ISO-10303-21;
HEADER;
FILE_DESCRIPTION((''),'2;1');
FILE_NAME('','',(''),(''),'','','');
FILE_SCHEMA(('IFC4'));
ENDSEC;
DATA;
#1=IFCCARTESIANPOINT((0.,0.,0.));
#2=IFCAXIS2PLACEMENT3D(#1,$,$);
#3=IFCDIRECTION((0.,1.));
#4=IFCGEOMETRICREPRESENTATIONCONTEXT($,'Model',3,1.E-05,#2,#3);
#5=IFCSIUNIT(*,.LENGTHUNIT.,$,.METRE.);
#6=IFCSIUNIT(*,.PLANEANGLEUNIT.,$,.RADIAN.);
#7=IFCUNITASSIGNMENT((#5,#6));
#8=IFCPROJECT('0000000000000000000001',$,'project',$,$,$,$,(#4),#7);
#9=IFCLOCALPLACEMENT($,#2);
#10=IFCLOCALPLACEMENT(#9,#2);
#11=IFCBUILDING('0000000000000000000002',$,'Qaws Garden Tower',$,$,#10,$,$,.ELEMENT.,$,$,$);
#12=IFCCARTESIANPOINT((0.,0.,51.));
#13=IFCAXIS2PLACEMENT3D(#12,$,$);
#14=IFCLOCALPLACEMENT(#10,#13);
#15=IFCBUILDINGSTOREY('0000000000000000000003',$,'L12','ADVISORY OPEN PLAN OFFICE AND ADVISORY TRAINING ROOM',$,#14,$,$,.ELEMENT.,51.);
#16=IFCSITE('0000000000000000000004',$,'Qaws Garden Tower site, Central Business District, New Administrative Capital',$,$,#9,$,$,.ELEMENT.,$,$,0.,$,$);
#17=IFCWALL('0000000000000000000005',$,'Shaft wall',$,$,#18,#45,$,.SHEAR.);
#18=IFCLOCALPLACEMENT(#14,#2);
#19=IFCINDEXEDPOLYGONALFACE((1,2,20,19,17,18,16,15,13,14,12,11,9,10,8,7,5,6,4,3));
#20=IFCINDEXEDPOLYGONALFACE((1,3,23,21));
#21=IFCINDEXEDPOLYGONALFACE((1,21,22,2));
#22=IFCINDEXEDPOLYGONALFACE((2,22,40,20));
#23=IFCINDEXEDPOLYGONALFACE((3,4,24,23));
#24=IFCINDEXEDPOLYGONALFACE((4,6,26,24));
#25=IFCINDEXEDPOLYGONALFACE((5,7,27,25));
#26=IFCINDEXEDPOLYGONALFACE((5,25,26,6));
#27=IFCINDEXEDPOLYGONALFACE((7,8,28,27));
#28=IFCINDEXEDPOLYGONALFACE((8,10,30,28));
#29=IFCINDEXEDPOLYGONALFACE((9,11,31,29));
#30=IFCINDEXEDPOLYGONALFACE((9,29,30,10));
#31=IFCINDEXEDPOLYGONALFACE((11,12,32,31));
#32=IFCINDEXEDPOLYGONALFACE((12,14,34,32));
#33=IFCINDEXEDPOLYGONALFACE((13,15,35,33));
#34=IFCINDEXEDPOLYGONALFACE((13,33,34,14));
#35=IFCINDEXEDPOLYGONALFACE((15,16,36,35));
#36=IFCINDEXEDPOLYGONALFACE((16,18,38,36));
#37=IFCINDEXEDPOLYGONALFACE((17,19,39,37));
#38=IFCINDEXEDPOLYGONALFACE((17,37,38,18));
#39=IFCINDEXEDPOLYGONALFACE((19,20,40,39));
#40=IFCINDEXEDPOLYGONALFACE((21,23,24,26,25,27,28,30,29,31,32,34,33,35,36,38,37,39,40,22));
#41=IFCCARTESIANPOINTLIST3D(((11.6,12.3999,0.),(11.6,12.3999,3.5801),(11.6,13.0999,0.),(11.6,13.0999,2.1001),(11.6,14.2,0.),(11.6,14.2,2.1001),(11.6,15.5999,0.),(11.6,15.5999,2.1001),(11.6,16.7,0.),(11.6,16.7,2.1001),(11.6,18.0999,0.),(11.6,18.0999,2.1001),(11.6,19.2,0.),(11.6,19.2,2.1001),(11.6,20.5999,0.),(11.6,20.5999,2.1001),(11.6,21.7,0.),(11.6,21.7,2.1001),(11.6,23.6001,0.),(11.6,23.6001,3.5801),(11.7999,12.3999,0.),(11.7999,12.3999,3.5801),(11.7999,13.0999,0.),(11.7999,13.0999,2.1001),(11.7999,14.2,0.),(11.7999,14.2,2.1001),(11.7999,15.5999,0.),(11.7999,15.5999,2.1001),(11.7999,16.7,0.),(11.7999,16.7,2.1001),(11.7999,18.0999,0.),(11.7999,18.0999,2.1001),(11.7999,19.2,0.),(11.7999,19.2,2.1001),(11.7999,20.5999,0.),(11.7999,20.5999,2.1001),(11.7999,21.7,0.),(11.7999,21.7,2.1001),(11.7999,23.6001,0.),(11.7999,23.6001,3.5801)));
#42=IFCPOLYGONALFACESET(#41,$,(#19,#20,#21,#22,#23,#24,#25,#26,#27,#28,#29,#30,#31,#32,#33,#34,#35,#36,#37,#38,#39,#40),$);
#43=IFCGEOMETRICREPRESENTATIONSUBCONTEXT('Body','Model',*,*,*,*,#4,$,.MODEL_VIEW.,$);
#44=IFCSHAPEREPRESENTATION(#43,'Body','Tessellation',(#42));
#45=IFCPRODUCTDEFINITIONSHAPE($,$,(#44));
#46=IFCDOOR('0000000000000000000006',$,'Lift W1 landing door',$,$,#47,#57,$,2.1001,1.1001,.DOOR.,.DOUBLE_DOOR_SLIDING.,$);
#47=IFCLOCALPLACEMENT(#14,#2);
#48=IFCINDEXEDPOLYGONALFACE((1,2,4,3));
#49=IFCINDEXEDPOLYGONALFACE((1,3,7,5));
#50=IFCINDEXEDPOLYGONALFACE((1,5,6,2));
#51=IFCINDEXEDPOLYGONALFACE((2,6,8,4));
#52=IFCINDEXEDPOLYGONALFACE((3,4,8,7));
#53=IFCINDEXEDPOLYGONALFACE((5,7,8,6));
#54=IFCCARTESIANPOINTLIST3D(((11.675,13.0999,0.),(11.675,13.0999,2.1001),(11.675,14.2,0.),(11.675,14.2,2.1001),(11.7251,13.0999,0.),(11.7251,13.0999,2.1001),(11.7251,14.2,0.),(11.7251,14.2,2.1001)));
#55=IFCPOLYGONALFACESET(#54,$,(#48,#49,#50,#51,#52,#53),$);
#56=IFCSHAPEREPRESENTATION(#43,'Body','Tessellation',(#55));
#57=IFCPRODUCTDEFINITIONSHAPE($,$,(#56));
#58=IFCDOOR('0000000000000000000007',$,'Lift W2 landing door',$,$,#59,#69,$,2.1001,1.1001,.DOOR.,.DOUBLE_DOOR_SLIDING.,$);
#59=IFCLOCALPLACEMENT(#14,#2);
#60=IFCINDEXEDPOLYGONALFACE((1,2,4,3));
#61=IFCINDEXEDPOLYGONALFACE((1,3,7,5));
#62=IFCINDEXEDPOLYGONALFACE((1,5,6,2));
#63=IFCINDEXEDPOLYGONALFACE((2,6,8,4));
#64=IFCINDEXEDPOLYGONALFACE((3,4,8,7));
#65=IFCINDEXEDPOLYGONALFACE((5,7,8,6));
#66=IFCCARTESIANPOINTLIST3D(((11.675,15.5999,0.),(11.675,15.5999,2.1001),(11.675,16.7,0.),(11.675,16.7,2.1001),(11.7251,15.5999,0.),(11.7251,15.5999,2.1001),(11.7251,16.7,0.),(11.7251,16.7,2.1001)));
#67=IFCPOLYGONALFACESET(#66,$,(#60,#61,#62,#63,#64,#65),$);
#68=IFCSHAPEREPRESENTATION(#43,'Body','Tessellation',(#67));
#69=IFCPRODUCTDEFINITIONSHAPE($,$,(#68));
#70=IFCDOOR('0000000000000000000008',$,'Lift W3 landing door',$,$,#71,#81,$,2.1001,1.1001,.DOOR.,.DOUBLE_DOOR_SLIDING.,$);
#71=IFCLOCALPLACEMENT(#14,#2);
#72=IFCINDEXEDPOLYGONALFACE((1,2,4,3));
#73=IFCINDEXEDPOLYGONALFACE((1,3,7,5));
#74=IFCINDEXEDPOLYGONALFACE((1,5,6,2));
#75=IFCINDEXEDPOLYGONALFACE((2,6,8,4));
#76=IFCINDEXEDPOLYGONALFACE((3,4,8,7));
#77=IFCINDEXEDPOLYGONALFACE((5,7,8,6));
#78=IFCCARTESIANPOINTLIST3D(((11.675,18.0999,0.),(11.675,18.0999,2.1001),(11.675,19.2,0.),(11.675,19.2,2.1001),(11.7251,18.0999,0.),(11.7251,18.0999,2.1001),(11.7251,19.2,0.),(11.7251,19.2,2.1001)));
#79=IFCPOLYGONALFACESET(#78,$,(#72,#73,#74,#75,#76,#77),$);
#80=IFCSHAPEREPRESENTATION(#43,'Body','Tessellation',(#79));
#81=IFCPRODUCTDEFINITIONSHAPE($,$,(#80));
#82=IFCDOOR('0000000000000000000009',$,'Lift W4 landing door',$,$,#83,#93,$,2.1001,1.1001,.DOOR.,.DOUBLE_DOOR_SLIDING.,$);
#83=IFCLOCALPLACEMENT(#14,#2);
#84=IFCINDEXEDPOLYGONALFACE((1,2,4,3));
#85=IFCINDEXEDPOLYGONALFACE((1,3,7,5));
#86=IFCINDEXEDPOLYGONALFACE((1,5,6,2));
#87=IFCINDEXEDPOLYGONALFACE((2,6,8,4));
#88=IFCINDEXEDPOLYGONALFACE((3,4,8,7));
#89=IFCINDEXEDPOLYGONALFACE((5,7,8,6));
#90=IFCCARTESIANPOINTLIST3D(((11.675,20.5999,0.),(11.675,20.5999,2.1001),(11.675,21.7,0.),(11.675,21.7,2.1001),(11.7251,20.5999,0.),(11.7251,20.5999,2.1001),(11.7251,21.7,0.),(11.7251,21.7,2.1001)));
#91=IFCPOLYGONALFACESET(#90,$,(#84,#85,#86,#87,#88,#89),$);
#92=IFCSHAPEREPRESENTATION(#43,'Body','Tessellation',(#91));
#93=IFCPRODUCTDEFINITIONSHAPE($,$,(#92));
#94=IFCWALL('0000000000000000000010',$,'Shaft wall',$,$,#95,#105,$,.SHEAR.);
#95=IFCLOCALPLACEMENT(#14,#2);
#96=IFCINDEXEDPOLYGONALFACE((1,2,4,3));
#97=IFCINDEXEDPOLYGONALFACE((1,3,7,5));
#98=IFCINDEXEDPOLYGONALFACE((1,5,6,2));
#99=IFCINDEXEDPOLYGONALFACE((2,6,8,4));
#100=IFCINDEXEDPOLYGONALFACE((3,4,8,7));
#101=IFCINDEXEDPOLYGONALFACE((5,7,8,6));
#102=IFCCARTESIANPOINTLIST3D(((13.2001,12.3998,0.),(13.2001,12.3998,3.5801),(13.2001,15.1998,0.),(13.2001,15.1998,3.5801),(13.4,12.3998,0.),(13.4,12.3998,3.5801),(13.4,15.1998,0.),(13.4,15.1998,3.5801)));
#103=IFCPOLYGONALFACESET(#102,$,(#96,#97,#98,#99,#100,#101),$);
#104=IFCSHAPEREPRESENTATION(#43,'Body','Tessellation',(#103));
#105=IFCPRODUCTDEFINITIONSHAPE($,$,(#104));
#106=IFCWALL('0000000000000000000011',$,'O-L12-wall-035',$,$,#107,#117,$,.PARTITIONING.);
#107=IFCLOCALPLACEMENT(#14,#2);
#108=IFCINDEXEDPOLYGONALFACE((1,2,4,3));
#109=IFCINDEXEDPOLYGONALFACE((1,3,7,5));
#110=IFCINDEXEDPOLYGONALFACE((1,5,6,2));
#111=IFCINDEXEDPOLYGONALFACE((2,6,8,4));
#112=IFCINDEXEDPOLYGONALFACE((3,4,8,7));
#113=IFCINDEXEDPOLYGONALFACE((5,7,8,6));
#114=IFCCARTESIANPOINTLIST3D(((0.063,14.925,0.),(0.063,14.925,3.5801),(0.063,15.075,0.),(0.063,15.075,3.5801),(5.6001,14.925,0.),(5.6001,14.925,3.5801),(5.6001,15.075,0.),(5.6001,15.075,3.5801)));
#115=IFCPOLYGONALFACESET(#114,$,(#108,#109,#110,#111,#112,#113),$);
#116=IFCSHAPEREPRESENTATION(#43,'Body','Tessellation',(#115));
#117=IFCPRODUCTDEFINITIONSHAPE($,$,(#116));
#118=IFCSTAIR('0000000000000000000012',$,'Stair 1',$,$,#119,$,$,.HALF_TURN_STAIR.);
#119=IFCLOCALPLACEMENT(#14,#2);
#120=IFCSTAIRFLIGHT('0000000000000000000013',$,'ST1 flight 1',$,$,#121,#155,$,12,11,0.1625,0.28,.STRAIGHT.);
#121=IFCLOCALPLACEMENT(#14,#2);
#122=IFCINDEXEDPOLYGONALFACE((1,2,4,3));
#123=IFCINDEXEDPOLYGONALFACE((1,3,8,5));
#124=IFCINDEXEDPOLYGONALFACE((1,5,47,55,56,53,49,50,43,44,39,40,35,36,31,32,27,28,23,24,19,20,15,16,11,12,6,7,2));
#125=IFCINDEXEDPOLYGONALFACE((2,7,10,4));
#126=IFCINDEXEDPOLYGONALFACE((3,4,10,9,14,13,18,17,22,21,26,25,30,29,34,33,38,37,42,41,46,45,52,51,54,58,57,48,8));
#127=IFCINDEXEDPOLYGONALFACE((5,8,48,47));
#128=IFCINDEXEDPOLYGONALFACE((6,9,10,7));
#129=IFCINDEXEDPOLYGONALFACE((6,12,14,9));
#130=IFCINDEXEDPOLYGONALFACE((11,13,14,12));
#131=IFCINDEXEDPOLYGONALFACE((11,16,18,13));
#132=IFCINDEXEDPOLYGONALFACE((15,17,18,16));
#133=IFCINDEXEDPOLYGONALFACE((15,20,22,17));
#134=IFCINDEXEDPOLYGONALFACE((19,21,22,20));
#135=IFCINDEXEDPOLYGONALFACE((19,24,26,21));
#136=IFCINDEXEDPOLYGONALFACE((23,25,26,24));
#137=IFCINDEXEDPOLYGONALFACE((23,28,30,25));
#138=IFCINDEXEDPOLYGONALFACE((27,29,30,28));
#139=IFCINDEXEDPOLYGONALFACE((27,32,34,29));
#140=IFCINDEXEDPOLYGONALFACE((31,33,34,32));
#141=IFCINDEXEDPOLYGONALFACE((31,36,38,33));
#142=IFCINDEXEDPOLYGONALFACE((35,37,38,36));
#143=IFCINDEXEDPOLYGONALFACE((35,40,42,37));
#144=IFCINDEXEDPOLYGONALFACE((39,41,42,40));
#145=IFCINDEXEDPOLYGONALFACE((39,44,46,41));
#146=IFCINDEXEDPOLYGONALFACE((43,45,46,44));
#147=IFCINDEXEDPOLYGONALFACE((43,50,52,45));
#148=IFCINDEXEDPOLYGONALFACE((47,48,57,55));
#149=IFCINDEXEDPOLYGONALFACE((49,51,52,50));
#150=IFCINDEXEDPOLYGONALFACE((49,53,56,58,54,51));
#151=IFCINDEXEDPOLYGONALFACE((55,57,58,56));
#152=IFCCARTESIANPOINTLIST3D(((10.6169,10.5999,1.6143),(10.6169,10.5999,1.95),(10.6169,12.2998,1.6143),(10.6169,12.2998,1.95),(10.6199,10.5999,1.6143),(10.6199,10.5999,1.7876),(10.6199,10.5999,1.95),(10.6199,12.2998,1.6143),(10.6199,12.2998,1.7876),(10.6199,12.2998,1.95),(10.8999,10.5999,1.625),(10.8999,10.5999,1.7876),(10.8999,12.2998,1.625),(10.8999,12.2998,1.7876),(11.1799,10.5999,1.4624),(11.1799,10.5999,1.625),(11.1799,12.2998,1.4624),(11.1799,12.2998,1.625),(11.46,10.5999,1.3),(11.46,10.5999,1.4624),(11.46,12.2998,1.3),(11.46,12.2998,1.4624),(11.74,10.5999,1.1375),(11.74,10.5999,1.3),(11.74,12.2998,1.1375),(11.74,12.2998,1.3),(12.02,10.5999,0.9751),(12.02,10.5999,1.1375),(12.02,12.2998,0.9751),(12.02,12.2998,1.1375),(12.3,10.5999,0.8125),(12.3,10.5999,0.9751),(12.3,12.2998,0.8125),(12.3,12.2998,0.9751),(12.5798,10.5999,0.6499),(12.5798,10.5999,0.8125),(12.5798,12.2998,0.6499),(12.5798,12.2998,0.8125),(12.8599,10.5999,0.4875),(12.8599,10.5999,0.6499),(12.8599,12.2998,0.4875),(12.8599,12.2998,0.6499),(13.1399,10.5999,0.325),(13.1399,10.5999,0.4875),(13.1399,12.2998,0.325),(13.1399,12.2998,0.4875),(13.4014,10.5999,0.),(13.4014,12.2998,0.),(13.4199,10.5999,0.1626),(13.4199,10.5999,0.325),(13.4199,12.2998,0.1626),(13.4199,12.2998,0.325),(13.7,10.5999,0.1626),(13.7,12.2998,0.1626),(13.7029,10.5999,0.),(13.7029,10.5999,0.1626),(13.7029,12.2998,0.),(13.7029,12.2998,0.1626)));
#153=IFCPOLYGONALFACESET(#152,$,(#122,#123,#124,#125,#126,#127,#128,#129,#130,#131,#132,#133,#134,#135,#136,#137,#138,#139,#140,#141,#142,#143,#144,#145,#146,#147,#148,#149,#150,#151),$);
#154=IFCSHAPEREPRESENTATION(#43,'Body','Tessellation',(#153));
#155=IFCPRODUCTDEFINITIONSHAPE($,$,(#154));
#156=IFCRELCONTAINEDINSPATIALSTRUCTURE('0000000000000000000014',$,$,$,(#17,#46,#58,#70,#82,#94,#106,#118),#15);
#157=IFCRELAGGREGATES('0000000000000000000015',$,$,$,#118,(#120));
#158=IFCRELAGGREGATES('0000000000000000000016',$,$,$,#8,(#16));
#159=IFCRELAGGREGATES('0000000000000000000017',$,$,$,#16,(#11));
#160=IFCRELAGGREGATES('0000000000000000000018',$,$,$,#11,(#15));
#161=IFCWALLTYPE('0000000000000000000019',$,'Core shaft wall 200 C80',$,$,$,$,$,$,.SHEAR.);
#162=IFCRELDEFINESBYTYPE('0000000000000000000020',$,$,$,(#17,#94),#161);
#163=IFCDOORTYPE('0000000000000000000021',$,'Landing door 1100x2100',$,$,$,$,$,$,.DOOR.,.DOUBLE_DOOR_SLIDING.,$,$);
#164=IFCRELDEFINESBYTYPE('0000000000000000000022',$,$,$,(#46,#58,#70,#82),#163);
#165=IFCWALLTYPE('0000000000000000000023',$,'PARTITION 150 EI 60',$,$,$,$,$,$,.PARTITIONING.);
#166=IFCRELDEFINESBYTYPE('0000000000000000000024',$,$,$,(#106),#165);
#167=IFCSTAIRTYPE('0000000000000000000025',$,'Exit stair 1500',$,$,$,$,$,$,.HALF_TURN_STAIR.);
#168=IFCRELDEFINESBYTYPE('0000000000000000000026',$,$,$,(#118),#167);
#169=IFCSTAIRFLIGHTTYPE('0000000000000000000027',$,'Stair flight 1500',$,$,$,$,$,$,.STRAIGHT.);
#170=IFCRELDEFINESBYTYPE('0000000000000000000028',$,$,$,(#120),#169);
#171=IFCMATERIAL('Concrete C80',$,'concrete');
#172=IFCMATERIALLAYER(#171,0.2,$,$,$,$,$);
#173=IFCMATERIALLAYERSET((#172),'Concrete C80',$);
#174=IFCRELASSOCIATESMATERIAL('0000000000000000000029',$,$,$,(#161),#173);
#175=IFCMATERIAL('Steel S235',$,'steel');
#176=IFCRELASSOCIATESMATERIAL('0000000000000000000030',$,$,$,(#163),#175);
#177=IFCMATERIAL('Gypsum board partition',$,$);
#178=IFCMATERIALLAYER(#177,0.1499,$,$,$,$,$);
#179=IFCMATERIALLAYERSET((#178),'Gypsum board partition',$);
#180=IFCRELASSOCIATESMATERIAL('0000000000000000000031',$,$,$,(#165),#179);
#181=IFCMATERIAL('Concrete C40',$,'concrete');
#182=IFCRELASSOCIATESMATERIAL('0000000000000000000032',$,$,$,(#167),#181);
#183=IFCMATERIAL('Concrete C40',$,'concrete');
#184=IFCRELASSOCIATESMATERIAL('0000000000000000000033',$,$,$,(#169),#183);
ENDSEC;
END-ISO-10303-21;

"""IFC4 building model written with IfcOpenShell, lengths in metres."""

from ifc_helpers import new_model, si_unit, direction, frame, frame_2d, origin, place, context, subcontext, project, spatial, polyline, rectangle, outline, extrude, material, layer, layer_set, type_object, element, fill, aggregate, save


model = new_model("IFC4")

# Units and contexts
model_context = context("Model", 3, precision=1e-05, world=origin(), true_north=direction((0.0, 1.0)))
body_context = subcontext(model_context, "Body", "Model", "MODEL_VIEW")
ifc_project = project(units=[si_unit("LENGTHUNIT", "METRE"), si_unit("PLANEANGLEUNIT", "RADIAN")], contexts=[model_context])

# Site, building, storey
site_placement = place(None, origin())
site = spatial("IfcSite", under=ifc_project, at=site_placement, Name="Qaws Garden Tower site, Central Business District, New Administrative Capital", CompositionType="ELEMENT", RefElevation=0.0)
building_placement = place(site_placement, origin())
building = spatial("IfcBuilding", under=site, at=building_placement, Name="Qaws Garden Tower", CompositionType="ELEMENT")
storey_placement = place(building_placement, frame((0.0, 0.0, 51.0)))
storey = spatial("IfcBuildingStorey", under=building, at=storey_placement, Name="L12", Description="ADVISORY OPEN PLAN OFFICE AND ADVISORY TRAINING ROOM", CompositionType="ELEMENT", Elevation=51.0)

# Shared definitions
ifc_material_1 = material(Name="Concrete C80", Category="concrete")
ifc_layer_1 = layer(ifc_material_1, 0.2)
ifc_layer_set_1 = layer_set([ifc_layer_1], Name="Concrete C80")
wall_type_1 = type_object("IfcWallType", Name="Core shaft wall 200 C80", PredefinedType="SHEAR", material=ifc_layer_set_1)

# Wall, openings, doors
wall_1_placement = place(storey_placement, frame((11.7, 12.3999, 0.0), z_axis=(0.0, 0.0, 1.0), x_axis=(0.0, 1.0, 0.0)))
wall_1 = element("IfcWall", 1, at=wall_1_placement, inside=storey, type_object=wall_type_1, Name="Shaft wall", PredefinedType="SHEAR", context=body_context, shape_type="SweptSolid", body=[
    extrude(rectangle(XDim=11.2002, YDim=0.2, at=frame_2d((5.6001, 0.0))), origin(), (0.0, 0.0, 1.0), 3.5801),
])
opening_1_placement = place(wall_1_placement, frame((0.7, 0.0, 0.0)))
opening_1 = element("IfcOpeningElement", 2, at=opening_1_placement, cuts=wall_1, PredefinedType="OPENING", context=body_context, shape_type="SweptSolid", body=[
    extrude(rectangle(XDim=1.1001, YDim=2.1001, at=frame_2d((0.55, 1.05))), frame((0.0, 0.1099, 0.0), z_axis=(0.0, -1.0, 0.0), x_axis=(1.0, 0.0, 0.0)), (0.0, 0.0, 1.0), 0.22),
])
opening_2_placement = place(wall_1_placement, frame((3.2, 0.0, 0.0)))
opening_2 = element("IfcOpeningElement", 3, at=opening_2_placement, cuts=wall_1, PredefinedType="OPENING", context=body_context, shape_type="SweptSolid", body=[
    extrude(rectangle(XDim=1.1001, YDim=2.1001, at=frame_2d((0.55, 1.05))), frame((0.0, 0.1099, 0.0), z_axis=(0.0, -1.0, 0.0), x_axis=(1.0, 0.0, 0.0)), (0.0, 0.0, 1.0), 0.22),
])
opening_3_placement = place(wall_1_placement, frame((5.7, 0.0, 0.0)))
opening_3 = element("IfcOpeningElement", 4, at=opening_3_placement, cuts=wall_1, PredefinedType="OPENING", context=body_context, shape_type="SweptSolid", body=[
    extrude(rectangle(XDim=1.1001, YDim=2.1001, at=frame_2d((0.55, 1.05))), frame((0.0, 0.1099, 0.0), z_axis=(0.0, -1.0, 0.0), x_axis=(1.0, 0.0, 0.0)), (0.0, 0.0, 1.0), 0.22),
])
opening_4_placement = place(wall_1_placement, frame((8.2, 0.0, 0.0)))
opening_4 = element("IfcOpeningElement", 5, at=opening_4_placement, cuts=wall_1, PredefinedType="OPENING", context=body_context, shape_type="SweptSolid", body=[
    extrude(rectangle(XDim=1.1001, YDim=2.1001, at=frame_2d((0.55, 1.05))), frame((0.0, 0.1099, 0.0), z_axis=(0.0, -1.0, 0.0), x_axis=(1.0, 0.0, 0.0)), (0.0, 0.0, 1.0), 0.22),
])
ifc_material_2 = material(Name="Steel S235", Category="steel")
door_type = type_object("IfcDoorType", Name="Landing door 1100x2100", OperationType="DOUBLE_DOOR_SLIDING", PredefinedType="DOOR", material=ifc_material_2)
door_1_placement = place(opening_1_placement, origin())
door_1 = element("IfcDoor", 6, at=door_1_placement, inside=storey, type_object=door_type, Name="Lift W1 landing door", OperationType="DOUBLE_DOOR_SLIDING", OverallHeight=2.1001, OverallWidth=1.1001, PredefinedType="DOOR", context=body_context, shape_type="SweptSolid", body=[
    extrude(rectangle(XDim=1.1001, YDim=2.1001, at=frame_2d((0.55, 1.05))), frame((0.0, 0.0249, 0.0), z_axis=(0.0, -1.0, 0.0), x_axis=(1.0, 0.0, 0.0)), (0.0, 0.0, 1.0), 0.05),
])
fill(opening_1, door_1)
door_2_placement = place(opening_2_placement, origin())
door_2 = element("IfcDoor", 7, at=door_2_placement, inside=storey, type_object=door_type, Name="Lift W2 landing door", OperationType="DOUBLE_DOOR_SLIDING", OverallHeight=2.1001, OverallWidth=1.1001, PredefinedType="DOOR", context=body_context, shape_type="SweptSolid", body=[
    extrude(rectangle(XDim=1.1001, YDim=2.1001, at=frame_2d((0.55, 1.05))), frame((0.0, 0.0249, 0.0), z_axis=(0.0, -1.0, 0.0), x_axis=(1.0, 0.0, 0.0)), (0.0, 0.0, 1.0), 0.05),
])
fill(opening_2, door_2)
door_3_placement = place(opening_3_placement, origin())
door_3 = element("IfcDoor", 8, at=door_3_placement, inside=storey, type_object=door_type, Name="Lift W3 landing door", OperationType="DOUBLE_DOOR_SLIDING", OverallHeight=2.1001, OverallWidth=1.1001, PredefinedType="DOOR", context=body_context, shape_type="SweptSolid", body=[
    extrude(rectangle(XDim=1.1001, YDim=2.1001, at=frame_2d((0.55, 1.05))), frame((0.0, 0.0249, 0.0), z_axis=(0.0, -1.0, 0.0), x_axis=(1.0, 0.0, 0.0)), (0.0, 0.0, 1.0), 0.05),
])
fill(opening_3, door_3)
door_4_placement = place(opening_4_placement, origin())
door_4 = element("IfcDoor", 9, at=door_4_placement, inside=storey, type_object=door_type, Name="Lift W4 landing door", OperationType="DOUBLE_DOOR_SLIDING", OverallHeight=2.1001, OverallWidth=1.1001, PredefinedType="DOOR", context=body_context, shape_type="SweptSolid", body=[
    extrude(rectangle(XDim=1.1001, YDim=2.1001, at=frame_2d((0.55, 1.05))), frame((0.0, 0.0249, 0.0), z_axis=(0.0, -1.0, 0.0), x_axis=(1.0, 0.0, 0.0)), (0.0, 0.0, 1.0), 0.05),
])
fill(opening_4, door_4)

# Walls
wall_2_placement = place(storey_placement, frame((13.3, 12.3999, 0.0), z_axis=(0.0, 0.0, 1.0), x_axis=(0.0, 1.0, 0.0)))
element("IfcWall", 10, at=wall_2_placement, inside=storey, type_object=wall_type_1, Name="Shaft wall", PredefinedType="SHEAR", context=body_context, shape_type="SweptSolid", body=[
    extrude(rectangle(XDim=2.8, YDim=0.2, at=frame_2d((1.3999, 0.0))), origin(), (0.0, 0.0, 1.0), 3.5801),
])
ifc_material_3 = material(Name="Gypsum board partition")
ifc_layer_2 = layer(ifc_material_3, 0.1499)
ifc_layer_set_2 = layer_set([ifc_layer_2], Name="Gypsum board partition")
wall_type_2 = type_object("IfcWallType", Name="PARTITION 150 EI 60", PredefinedType="PARTITIONING", material=ifc_layer_set_2)
wall_3_placement = place(storey_placement, frame((0.063, 15.0, 0.0), z_axis=(0.0, 0.0, 1.0), x_axis=(1.0, 0.0, 0.0)))
element("IfcWall", 11, at=wall_3_placement, inside=storey, type_object=wall_type_2, Name="O-L12-wall-035", PredefinedType="PARTITIONING", context=body_context, shape_type="SweptSolid", body=[
    extrude(rectangle(XDim=5.5371, YDim=0.1499, at=frame_2d((2.7686, 0.0))), origin(), (0.0, 0.0, 1.0), 3.5801),
])

# Stair, stair flight
ifc_material_4 = material(Name="Concrete C40", Category="concrete")
stair_type = type_object("IfcStairType", Name="Exit stair 1500", PredefinedType="HALF_TURN_STAIR", material=ifc_material_4)
stair_placement = place(storey_placement, origin())
stair = element("IfcStair", 12, at=stair_placement, inside=storey, type_object=stair_type, Name="Stair 1", PredefinedType="HALF_TURN_STAIR")
ifc_material_5 = material(Name="Concrete C40", Category="concrete")
stair_flight_type = type_object("IfcStairFlightType", Name="Stair flight 1500", PredefinedType="STRAIGHT", material=ifc_material_5)
stair_flight_1_placement = place(storey_placement, frame((13.7, 11.45, 0.0), z_axis=(0.0, 0.0, 1.0), x_axis=(-1.0, 0.0, 0.0)))
stair_flight_1 = element("IfcStairFlight", 13, at=stair_flight_1_placement, type_object=stair_flight_type, Name="ST1 flight 1", NumberOfRisers=12, NumberOfTreads=11, PredefinedType="STRAIGHT", RiserHeight=0.1625, TreadLength=0.28, context=body_context, shape_type="SweptSolid", body=[
    extrude(outline(polyline([(-0.0029, 0.0), (-0.0029, 0.1626), (0.0, 0.1626), (0.28, 0.1626), (0.28, 0.325), (0.5601, 0.325), (0.5601, 0.4875), (0.8401, 0.4875), (0.8401, 0.6499), (1.1201, 0.6499), (1.1201, 0.8125), (1.3999, 0.8125), (1.3999, 0.9751), (1.6799, 0.9751), (1.6799, 1.1375), (1.96, 1.1375), (1.96, 1.3), (2.24, 1.3), (2.24, 1.4624), (2.52, 1.4624), (2.52, 1.625), (2.8, 1.625), (2.8, 1.7876), (3.0801, 1.7876), (3.0801, 1.95), (3.083, 1.95), (3.083, 1.6143), (3.0801, 1.6143), (0.2986, 0.0), (-0.0029, 0.0)])), frame((0.0, 0.8501, 0.0), z_axis=(0.0, -1.0, 0.0), x_axis=(1.0, 0.0, 0.0)), (0.0, 0.0, 1.0), 1.7),
])
aggregate(stair, [stair_flight_1])

save(model, "model.ifc")
